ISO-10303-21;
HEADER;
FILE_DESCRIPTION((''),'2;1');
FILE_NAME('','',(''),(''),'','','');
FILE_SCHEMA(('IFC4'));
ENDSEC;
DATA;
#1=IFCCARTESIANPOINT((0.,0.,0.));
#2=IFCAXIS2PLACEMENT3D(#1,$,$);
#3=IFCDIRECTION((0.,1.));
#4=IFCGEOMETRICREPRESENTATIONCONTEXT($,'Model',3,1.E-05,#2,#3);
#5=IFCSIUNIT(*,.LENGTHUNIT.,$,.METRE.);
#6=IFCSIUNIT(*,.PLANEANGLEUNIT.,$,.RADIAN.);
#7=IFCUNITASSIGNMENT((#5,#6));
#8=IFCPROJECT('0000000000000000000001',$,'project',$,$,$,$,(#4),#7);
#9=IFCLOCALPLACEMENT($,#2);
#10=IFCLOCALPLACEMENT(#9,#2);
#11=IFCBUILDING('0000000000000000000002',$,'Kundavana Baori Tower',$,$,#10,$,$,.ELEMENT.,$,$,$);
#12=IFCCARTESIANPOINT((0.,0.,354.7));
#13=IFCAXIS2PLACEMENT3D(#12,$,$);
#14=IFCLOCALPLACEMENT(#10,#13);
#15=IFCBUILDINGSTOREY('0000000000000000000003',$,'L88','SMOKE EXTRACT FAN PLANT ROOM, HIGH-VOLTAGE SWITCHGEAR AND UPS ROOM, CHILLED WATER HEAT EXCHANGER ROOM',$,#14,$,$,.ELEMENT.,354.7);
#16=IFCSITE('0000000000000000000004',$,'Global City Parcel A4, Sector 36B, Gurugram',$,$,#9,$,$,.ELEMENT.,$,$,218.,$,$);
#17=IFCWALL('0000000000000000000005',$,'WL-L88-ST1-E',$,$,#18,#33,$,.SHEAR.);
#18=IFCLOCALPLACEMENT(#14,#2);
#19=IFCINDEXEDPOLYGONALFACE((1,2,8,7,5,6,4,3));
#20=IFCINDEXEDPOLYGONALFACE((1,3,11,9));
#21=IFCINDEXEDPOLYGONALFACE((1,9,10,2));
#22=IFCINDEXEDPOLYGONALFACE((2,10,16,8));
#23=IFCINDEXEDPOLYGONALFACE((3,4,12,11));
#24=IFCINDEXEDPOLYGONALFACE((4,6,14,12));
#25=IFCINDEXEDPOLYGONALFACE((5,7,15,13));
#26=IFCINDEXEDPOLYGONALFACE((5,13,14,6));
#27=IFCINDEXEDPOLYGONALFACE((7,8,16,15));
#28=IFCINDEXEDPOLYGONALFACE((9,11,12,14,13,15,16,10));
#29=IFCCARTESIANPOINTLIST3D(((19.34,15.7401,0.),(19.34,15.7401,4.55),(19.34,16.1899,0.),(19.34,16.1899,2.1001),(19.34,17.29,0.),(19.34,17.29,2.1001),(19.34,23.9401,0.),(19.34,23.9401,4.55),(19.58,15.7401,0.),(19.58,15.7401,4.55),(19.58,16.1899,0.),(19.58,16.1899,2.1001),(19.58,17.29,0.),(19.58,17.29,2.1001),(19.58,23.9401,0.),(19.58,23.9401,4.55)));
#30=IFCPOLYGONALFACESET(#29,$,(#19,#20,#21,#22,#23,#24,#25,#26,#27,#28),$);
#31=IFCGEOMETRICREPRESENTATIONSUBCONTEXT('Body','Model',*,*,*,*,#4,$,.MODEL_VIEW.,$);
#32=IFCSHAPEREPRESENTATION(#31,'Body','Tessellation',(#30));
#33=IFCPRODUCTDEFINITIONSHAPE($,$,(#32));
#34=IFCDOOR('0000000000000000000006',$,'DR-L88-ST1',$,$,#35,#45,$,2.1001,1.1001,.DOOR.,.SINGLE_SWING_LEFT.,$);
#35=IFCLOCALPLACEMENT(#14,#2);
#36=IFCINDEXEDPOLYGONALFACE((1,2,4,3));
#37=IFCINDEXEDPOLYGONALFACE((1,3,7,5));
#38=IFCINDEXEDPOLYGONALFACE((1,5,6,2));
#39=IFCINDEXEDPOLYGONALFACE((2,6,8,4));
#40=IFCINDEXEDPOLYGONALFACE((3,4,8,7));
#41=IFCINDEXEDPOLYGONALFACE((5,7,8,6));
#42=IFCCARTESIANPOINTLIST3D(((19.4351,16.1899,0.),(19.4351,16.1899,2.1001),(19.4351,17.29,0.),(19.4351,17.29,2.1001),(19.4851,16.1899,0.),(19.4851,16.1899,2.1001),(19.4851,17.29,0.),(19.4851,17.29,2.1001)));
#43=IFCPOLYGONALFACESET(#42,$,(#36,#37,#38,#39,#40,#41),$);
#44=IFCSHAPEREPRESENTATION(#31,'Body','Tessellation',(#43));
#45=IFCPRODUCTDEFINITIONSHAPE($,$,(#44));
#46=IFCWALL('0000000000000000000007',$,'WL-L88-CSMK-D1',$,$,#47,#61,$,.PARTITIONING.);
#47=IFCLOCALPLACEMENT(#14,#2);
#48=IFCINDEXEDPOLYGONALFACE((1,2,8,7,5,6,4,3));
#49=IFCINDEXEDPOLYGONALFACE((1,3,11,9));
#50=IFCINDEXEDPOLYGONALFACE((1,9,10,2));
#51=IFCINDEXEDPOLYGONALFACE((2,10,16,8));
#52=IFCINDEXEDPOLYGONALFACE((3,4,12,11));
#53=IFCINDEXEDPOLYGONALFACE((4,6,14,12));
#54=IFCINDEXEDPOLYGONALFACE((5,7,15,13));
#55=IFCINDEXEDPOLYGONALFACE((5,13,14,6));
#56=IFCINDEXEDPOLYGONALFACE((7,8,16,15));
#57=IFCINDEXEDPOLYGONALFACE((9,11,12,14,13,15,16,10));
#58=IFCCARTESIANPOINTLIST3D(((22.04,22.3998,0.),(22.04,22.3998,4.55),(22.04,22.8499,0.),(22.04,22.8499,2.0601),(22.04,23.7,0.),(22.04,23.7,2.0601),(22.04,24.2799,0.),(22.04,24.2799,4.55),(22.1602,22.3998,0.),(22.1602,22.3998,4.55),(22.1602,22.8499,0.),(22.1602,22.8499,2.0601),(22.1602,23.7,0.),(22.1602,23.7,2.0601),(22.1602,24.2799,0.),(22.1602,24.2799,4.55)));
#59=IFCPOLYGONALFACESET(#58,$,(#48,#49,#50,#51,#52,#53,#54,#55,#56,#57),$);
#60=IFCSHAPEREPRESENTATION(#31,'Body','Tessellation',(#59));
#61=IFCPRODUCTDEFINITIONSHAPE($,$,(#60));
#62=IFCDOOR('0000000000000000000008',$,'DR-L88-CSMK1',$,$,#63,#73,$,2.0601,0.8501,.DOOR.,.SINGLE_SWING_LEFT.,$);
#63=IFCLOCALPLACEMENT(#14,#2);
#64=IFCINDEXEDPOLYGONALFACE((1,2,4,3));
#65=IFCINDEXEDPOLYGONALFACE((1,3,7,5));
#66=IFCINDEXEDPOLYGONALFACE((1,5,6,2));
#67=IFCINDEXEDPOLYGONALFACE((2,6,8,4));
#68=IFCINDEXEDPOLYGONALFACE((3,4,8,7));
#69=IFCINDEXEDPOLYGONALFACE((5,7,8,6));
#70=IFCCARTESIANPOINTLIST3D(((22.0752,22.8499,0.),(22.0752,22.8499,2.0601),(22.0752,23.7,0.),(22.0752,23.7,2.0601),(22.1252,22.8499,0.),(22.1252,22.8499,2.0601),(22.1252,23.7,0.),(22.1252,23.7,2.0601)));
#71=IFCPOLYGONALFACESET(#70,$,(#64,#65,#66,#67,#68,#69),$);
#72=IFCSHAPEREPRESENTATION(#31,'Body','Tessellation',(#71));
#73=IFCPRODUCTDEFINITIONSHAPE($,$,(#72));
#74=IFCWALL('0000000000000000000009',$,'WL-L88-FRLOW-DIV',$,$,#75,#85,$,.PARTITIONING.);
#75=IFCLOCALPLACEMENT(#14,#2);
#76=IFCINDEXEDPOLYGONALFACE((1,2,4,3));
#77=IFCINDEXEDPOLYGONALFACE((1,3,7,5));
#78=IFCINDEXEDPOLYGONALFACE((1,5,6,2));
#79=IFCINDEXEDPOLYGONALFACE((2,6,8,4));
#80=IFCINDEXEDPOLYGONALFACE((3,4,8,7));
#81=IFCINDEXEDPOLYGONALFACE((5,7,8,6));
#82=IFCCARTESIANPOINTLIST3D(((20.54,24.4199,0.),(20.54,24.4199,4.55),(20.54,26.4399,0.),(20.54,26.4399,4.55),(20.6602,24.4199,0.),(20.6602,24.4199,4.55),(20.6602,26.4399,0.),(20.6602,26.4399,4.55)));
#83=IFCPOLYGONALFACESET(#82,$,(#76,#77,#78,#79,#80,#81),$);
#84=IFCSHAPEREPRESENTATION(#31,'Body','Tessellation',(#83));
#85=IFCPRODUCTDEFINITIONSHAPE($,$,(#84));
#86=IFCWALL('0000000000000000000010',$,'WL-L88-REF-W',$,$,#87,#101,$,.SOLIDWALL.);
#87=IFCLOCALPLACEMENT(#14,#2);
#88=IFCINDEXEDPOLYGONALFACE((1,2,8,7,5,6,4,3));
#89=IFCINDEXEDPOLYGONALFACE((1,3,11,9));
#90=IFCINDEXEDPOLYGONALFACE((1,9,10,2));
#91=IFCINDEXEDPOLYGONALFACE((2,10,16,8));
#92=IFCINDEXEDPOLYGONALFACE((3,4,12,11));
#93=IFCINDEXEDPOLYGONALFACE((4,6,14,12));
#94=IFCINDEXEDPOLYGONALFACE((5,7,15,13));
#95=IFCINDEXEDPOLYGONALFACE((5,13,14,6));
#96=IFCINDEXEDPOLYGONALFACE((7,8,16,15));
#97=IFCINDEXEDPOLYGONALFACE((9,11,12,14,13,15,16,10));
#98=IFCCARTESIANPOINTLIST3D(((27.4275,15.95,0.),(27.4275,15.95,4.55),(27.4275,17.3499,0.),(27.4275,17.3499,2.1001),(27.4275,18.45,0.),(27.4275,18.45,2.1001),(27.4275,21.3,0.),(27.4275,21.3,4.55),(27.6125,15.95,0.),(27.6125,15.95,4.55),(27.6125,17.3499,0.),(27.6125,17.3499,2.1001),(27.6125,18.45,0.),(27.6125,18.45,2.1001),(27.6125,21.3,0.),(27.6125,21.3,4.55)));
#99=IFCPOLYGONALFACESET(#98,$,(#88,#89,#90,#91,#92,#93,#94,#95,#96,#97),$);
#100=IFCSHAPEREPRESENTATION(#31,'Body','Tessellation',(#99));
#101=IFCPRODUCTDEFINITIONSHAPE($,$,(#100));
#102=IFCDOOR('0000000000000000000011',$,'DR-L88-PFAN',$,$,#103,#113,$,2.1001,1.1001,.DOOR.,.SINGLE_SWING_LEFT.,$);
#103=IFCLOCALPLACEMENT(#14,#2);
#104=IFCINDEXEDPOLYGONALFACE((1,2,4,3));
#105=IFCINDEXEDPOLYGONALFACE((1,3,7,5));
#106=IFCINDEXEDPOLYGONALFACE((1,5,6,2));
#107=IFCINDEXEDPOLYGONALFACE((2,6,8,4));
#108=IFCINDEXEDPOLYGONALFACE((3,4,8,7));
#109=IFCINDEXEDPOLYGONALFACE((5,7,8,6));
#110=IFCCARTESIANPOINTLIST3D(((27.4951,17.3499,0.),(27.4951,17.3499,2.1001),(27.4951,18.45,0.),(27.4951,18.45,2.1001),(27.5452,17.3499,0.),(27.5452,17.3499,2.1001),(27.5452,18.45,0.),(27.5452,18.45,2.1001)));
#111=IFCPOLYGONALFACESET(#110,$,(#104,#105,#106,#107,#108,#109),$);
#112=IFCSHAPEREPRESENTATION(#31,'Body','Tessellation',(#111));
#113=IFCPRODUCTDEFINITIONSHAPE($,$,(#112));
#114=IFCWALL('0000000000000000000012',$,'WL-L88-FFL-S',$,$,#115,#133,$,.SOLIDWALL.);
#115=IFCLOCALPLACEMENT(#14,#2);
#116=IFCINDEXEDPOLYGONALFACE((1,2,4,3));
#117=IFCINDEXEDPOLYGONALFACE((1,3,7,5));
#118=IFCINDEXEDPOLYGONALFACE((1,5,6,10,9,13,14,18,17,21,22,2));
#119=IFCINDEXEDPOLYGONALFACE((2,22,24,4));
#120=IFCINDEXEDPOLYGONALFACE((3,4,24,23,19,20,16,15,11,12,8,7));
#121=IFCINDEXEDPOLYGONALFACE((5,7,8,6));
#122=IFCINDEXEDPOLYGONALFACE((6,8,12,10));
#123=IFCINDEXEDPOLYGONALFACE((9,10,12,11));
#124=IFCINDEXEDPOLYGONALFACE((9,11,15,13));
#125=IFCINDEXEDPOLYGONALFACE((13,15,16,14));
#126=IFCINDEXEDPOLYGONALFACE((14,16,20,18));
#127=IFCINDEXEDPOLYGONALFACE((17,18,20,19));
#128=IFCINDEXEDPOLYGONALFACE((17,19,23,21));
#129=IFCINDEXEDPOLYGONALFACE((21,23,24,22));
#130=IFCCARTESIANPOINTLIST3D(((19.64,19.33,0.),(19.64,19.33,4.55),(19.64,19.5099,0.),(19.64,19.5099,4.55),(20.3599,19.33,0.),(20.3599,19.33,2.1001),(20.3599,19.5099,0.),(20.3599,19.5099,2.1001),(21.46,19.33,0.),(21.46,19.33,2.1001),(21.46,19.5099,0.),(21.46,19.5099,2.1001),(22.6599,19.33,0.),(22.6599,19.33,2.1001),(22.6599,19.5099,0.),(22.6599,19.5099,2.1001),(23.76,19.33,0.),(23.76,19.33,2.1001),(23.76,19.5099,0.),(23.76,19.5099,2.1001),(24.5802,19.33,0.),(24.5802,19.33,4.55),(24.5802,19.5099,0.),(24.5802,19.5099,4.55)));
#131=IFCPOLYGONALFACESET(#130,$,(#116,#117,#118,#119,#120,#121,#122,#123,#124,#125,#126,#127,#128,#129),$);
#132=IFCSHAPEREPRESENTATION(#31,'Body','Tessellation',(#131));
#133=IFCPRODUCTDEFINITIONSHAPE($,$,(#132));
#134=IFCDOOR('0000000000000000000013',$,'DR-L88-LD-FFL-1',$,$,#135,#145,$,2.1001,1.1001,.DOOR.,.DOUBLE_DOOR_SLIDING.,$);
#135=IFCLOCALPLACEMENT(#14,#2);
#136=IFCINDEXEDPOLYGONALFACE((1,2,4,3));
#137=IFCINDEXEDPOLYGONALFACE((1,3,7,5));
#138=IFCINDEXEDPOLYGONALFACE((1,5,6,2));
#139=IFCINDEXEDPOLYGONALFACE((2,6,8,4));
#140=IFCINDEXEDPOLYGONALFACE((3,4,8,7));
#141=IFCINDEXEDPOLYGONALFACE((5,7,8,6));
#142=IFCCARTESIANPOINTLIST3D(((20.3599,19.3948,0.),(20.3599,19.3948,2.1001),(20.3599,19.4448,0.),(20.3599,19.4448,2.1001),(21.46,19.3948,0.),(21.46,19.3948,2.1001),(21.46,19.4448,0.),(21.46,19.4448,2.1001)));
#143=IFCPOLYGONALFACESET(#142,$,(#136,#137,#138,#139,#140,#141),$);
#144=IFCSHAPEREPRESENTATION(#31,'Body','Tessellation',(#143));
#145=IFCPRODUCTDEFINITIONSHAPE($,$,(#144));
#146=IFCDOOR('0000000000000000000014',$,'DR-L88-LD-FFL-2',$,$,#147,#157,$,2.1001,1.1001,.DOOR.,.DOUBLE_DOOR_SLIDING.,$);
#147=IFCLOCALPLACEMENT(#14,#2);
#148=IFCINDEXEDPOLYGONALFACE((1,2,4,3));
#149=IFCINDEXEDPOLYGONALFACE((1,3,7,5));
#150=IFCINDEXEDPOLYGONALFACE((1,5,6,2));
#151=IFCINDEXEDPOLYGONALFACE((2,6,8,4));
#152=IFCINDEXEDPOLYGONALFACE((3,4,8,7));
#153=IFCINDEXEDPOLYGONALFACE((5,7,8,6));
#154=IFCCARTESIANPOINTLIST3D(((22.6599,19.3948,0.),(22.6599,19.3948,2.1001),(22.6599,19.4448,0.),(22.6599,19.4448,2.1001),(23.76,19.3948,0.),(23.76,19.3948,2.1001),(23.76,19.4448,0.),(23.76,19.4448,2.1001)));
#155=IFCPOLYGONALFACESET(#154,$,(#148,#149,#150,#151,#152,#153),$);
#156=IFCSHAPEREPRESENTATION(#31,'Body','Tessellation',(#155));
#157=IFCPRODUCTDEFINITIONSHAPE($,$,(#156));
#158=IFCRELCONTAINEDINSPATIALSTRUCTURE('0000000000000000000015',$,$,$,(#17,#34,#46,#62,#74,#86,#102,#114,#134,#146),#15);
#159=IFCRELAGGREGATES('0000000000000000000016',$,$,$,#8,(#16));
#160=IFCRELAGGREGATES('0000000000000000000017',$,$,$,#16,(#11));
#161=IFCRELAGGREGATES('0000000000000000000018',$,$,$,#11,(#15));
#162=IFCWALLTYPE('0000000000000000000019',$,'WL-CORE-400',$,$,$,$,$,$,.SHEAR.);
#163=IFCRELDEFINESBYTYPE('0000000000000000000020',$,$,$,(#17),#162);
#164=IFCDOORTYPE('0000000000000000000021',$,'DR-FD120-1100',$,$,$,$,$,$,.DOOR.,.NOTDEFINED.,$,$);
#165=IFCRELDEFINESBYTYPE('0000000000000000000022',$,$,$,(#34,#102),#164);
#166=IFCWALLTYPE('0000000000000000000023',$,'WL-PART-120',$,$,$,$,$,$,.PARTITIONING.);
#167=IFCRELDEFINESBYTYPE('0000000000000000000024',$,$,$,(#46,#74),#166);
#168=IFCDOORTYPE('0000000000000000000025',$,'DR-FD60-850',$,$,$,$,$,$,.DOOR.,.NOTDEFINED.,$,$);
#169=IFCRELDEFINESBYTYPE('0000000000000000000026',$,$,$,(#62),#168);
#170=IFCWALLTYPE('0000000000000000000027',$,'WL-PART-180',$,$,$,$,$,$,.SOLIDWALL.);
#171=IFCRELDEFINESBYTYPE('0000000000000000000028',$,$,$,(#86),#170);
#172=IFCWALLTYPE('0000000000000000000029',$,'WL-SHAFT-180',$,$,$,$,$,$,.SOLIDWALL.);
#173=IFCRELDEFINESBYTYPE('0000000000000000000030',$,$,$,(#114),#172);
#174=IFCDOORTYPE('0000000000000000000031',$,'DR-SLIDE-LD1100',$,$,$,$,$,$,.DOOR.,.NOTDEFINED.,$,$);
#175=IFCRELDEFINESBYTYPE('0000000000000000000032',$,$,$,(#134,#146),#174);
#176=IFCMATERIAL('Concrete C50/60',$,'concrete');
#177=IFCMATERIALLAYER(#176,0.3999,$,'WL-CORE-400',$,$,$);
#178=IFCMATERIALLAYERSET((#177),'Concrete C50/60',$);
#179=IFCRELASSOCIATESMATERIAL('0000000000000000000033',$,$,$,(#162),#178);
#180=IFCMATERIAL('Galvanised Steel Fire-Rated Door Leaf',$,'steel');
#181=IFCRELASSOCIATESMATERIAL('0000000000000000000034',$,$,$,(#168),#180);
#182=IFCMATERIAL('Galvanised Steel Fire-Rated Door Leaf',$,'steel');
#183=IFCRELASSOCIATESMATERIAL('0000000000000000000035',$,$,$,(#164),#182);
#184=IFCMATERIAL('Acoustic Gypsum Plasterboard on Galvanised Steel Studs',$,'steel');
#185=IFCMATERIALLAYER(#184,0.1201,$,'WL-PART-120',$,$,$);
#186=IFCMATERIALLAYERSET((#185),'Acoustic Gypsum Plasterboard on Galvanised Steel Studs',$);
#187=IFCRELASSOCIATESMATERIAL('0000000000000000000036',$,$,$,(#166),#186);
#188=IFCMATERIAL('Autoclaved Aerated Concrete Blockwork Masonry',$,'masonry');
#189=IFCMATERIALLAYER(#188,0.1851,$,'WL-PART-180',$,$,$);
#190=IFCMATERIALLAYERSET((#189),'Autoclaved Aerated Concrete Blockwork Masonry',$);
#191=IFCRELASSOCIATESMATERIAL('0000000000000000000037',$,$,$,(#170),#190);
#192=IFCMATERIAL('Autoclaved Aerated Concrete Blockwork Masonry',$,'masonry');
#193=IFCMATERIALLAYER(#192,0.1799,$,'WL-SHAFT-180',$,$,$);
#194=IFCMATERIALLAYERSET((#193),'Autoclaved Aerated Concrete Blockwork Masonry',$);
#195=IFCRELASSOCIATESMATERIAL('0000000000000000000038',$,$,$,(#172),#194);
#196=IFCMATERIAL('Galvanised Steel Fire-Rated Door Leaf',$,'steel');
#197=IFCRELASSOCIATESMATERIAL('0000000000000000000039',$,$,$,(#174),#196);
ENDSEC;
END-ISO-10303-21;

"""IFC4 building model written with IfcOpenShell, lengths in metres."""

from ifc_helpers import new_model, si_unit, direction, frame, frame_2d, origin, place, context, subcontext, project, spatial, rectangle, extrude, material, layer, layer_set, type_object, element, fill, save


model = new_model("IFC4")

# Units and contexts
model_context = context("Model", 3, precision=1e-05, world=origin(), true_north=direction((0.0, 1.0)))
body_context = subcontext(model_context, "Body", "Model", "MODEL_VIEW")
ifc_project = project(units=[si_unit("LENGTHUNIT", "METRE"), si_unit("PLANEANGLEUNIT", "RADIAN")], contexts=[model_context])

# Site, building, storey
site_placement = place(None, origin())
site = spatial("IfcSite", under=ifc_project, at=site_placement, Name="Global City Parcel A4, Sector 36B, Gurugram", CompositionType="ELEMENT", RefElevation=218.0)
building_placement = place(site_placement, origin())
building = spatial("IfcBuilding", under=site, at=building_placement, Name="Kundavana Baori Tower", CompositionType="ELEMENT")
storey_placement = place(building_placement, frame((0.0, 0.0, 354.7)))
storey = spatial("IfcBuildingStorey", under=building, at=storey_placement, Name="L88", Description="SMOKE EXTRACT FAN PLANT ROOM, HIGH-VOLTAGE SWITCHGEAR AND UPS ROOM, CHILLED WATER HEAT EXCHANGER ROOM", CompositionType="ELEMENT", Elevation=354.7)

# Shared definitions
ifc_material_1 = material(Name="Concrete C50/60", Category="concrete")
ifc_layer_1 = layer(ifc_material_1, 0.3999, Name="WL-CORE-400")
ifc_layer_set_1 = layer_set([ifc_layer_1], Name="Concrete C50/60")
wall_type_1 = type_object("IfcWallType", Name="WL-CORE-400", PredefinedType="SHEAR", material=ifc_layer_set_1)
ifc_material_2 = material(Name="Galvanised Steel Fire-Rated Door Leaf", Category="steel")
door_type_1 = type_object("IfcDoorType", Name="DR-FD60-850", OperationType="NOTDEFINED", PredefinedType="DOOR", material=ifc_material_2)

# Walls, openings, doors
wall_1_placement = place(storey_placement, frame((19.46, 15.74, 0.0), z_axis=(0.0, 0.0, 1.0), x_axis=(0.0, 1.0, 0.0)))
wall_1 = element("IfcWall", 1, at=wall_1_placement, inside=storey, type_object=wall_type_1, Name="WL-L88-ST1-E", PredefinedType="SHEAR", context=body_context, shape_type="SweptSolid", body=[
    extrude(rectangle(XDim=8.2, YDim=0.24, at=frame_2d((4.1001, 0.0))), origin(), (0.0, 0.0, 1.0), 4.55),
])
opening_1_placement = place(wall_1_placement, frame((0.45, 0.0, 0.0)))
opening_1 = element("IfcOpeningElement", 2, at=opening_1_placement, cuts=wall_1, PredefinedType="OPENING", context=body_context, shape_type="SweptSolid", body=[
    extrude(rectangle(XDim=1.1001, YDim=2.1001, at=frame_2d((0.55, 1.05))), frame((0.0, 0.1299, 0.0), z_axis=(0.0, -1.0, 0.0), x_axis=(1.0, 0.0, 0.0)), (0.0, 0.0, 1.0), 0.26),
])
ifc_material_3 = material(Name="Galvanised Steel Fire-Rated Door Leaf", Category="steel")
door_type_2 = type_object("IfcDoorType", Name="DR-FD120-1100", OperationType="NOTDEFINED", PredefinedType="DOOR", material=ifc_material_3)
door_1_placement = place(opening_1_placement, origin())
door_1 = element("IfcDoor", 3, at=door_1_placement, inside=storey, type_object=door_type_2, Name="DR-L88-ST1", OperationType="SINGLE_SWING_LEFT", OverallHeight=2.1001, OverallWidth=1.1001, PredefinedType="DOOR", context=body_context, shape_type="SweptSolid", body=[
    extrude(rectangle(XDim=1.1001, YDim=2.1001, at=frame_2d((0.55, 1.05))), frame((0.0, 0.0249, 0.0), z_axis=(0.0, -1.0, 0.0), x_axis=(1.0, 0.0, 0.0)), (0.0, 0.0, 1.0), 0.05),
])
fill(opening_1, door_1)
ifc_material_4 = material(Name="Acoustic Gypsum Plasterboard on Galvanised Steel Studs", Category="steel")
ifc_layer_2 = layer(ifc_material_4, 0.1201, Name="WL-PART-120")
ifc_layer_set_2 = layer_set([ifc_layer_2], Name="Acoustic Gypsum Plasterboard on Galvanised Steel Studs")
wall_type_2 = type_object("IfcWallType", Name="WL-PART-120", PredefinedType="PARTITIONING", material=ifc_layer_set_2)
wall_2_placement = place(storey_placement, frame((22.1001, 22.3999, 0.0), z_axis=(0.0, 0.0, 1.0), x_axis=(0.0, 1.0, 0.0)))
wall_2 = element("IfcWall", 4, at=wall_2_placement, inside=storey, type_object=wall_type_2, Name="WL-L88-CSMK-D1", PredefinedType="PARTITIONING", context=body_context, shape_type="SweptSolid", body=[
    extrude(rectangle(XDim=1.8801, YDim=0.1201, at=frame_2d((0.9399, 0.0))), origin(), (0.0, 0.0, 1.0), 4.55),
])
opening_2_placement = place(wall_2_placement, frame((0.45, 0.0, 0.0)))
opening_2 = element("IfcOpeningElement", 5, at=opening_2_placement, cuts=wall_2, PredefinedType="OPENING", context=body_context, shape_type="SweptSolid", body=[
    extrude(rectangle(XDim=0.8501, YDim=2.0601, at=frame_2d((0.425, 1.03))), frame((0.0, 0.0701, 0.0), z_axis=(0.0, -1.0, 0.0), x_axis=(1.0, 0.0, 0.0)), (0.0, 0.0, 1.0), 0.1401),
])
door_2_placement = place(opening_2_placement, origin())
door_2 = element("IfcDoor", 6, at=door_2_placement, inside=storey, type_object=door_type_1, Name="DR-L88-CSMK1", OperationType="SINGLE_SWING_LEFT", OverallHeight=2.0601, OverallWidth=0.8501, PredefinedType="DOOR", context=body_context, shape_type="SweptSolid", body=[
    extrude(rectangle(XDim=0.8501, YDim=2.0601, at=frame_2d((0.425, 1.03))), frame((0.0, 0.0249, 0.0), z_axis=(0.0, -1.0, 0.0), x_axis=(1.0, 0.0, 0.0)), (0.0, 0.0, 1.0), 0.05),
])
fill(opening_2, door_2)

# Wall
wall_3_placement = place(storey_placement, frame((20.6001, 24.4199, 0.0), z_axis=(0.0, 0.0, 1.0), x_axis=(0.0, 1.0, 0.0)))
element("IfcWall", 7, at=wall_3_placement, inside=storey, type_object=wall_type_2, Name="WL-L88-FRLOW-DIV", PredefinedType="PARTITIONING", context=body_context, shape_type="SweptSolid", body=[
    extrude(rectangle(XDim=2.02, YDim=0.1201, at=frame_2d((1.01, 0.0))), origin(), (0.0, 0.0, 1.0), 4.55),
])

# Wall, opening, door
ifc_material_5 = material(Name="Autoclaved Aerated Concrete Blockwork Masonry", Category="masonry")
ifc_layer_3 = layer(ifc_material_5, 0.1851, Name="WL-PART-180")
ifc_layer_set_3 = layer_set([ifc_layer_3], Name="Autoclaved Aerated Concrete Blockwork Masonry")
wall_type_3 = type_object("IfcWallType", Name="WL-PART-180", PredefinedType="SOLIDWALL", material=ifc_layer_set_3)
wall_4_placement = place(storey_placement, frame((27.52, 15.95, 0.0), z_axis=(0.0, 0.0, 1.0), x_axis=(0.0, 1.0, 0.0)))
wall_4 = element("IfcWall", 8, at=wall_4_placement, inside=storey, type_object=wall_type_3, Name="WL-L88-REF-W", PredefinedType="SOLIDWALL", context=body_context, shape_type="SweptSolid", body=[
    extrude(rectangle(XDim=5.3501, YDim=0.1851, at=frame_2d((2.675, 0.0))), origin(), (0.0, 0.0, 1.0), 4.55),
])
opening_3_placement = place(wall_4_placement, frame((1.3999, 0.0, 0.0)))
opening_3 = element("IfcOpeningElement", 9, at=opening_3_placement, cuts=wall_4, PredefinedType="OPENING", context=body_context, shape_type="SweptSolid", body=[
    extrude(rectangle(XDim=1.1001, YDim=2.1001, at=frame_2d((0.55, 1.05))), frame((0.0, 0.1025, 0.0), z_axis=(0.0, -1.0, 0.0), x_axis=(1.0, 0.0, 0.0)), (0.0, 0.0, 1.0), 0.2051),
])
door_3_placement = place(opening_3_placement, origin())
door_3 = element("IfcDoor", 10, at=door_3_placement, inside=storey, type_object=door_type_2, Name="DR-L88-PFAN", OperationType="SINGLE_SWING_LEFT", OverallHeight=2.1001, OverallWidth=1.1001, PredefinedType="DOOR", context=body_context, shape_type="SweptSolid", body=[
    extrude(rectangle(XDim=1.1001, YDim=2.1001, at=frame_2d((0.55, 1.05))), frame((0.0, 0.0249, 0.0), z_axis=(0.0, -1.0, 0.0), x_axis=(1.0, 0.0, 0.0)), (0.0, 0.0, 1.0), 0.05),
])
fill(opening_3, door_3)

# Wall, openings, doors
ifc_material_6 = material(Name="Autoclaved Aerated Concrete Blockwork Masonry", Category="masonry")
ifc_layer_4 = layer(ifc_material_6, 0.1799, Name="WL-SHAFT-180")
ifc_layer_set_4 = layer_set([ifc_layer_4], Name="Autoclaved Aerated Concrete Blockwork Masonry")
wall_type_4 = type_object("IfcWallType", Name="WL-SHAFT-180", PredefinedType="SOLIDWALL", material=ifc_layer_set_4)
wall_5_placement = place(storey_placement, frame((19.6399, 19.4199, 0.0), z_axis=(0.0, 0.0, 1.0), x_axis=(1.0, 0.0, 0.0)))
wall_5 = element("IfcWall", 11, at=wall_5_placement, inside=storey, type_object=wall_type_4, Name="WL-L88-FFL-S", PredefinedType="SOLIDWALL", context=body_context, shape_type="SweptSolid", body=[
    extrude(rectangle(XDim=4.9402, YDim=0.1799, at=frame_2d((2.4702, 0.0))), origin(), (0.0, 0.0, 1.0), 4.55),
])
opening_4_placement = place(wall_5_placement, frame((0.72, 0.0, 0.0)))
opening_4 = element("IfcOpeningElement", 12, at=opening_4_placement, cuts=wall_5, PredefinedType="OPENING", context=body_context, shape_type="SweptSolid", body=[
    extrude(rectangle(XDim=1.1001, YDim=2.1001, at=frame_2d((0.55, 1.05))), frame((0.0, 0.1001, 0.0), z_axis=(0.0, -1.0, 0.0), x_axis=(1.0, 0.0, 0.0)), (0.0, 0.0, 1.0), 0.2),
])
opening_5_placement = place(wall_5_placement, frame((3.02, 0.0, 0.0)))
opening_5 = element("IfcOpeningElement", 13, at=opening_5_placement, cuts=wall_5, PredefinedType="OPENING", context=body_context, shape_type="SweptSolid", body=[
    extrude(rectangle(XDim=1.1001, YDim=2.1001, at=frame_2d((0.55, 1.05))), frame((0.0, 0.1001, 0.0), z_axis=(0.0, -1.0, 0.0), x_axis=(1.0, 0.0, 0.0)), (0.0, 0.0, 1.0), 0.2),
])
ifc_material_7 = material(Name="Galvanised Steel Fire-Rated Door Leaf", Category="steel")
door_type_3 = type_object("IfcDoorType", Name="DR-SLIDE-LD1100", OperationType="NOTDEFINED", PredefinedType="DOOR", material=ifc_material_7)
door_4_placement = place(opening_4_placement, origin())
door_4 = element("IfcDoor", 14, at=door_4_placement, inside=storey, type_object=door_type_3, Name="DR-L88-LD-FFL-1", OperationType="DOUBLE_DOOR_SLIDING", OverallHeight=2.1001, OverallWidth=1.1001, PredefinedType="DOOR", context=body_context, shape_type="SweptSolid", body=[
    extrude(rectangle(XDim=1.1001, YDim=2.1001, at=frame_2d((0.55, 1.05))), frame((0.0, 0.0249, 0.0), z_axis=(0.0, -1.0, 0.0), x_axis=(1.0, 0.0, 0.0)), (0.0, 0.0, 1.0), 0.05),
])
fill(opening_4, door_4)
door_5_placement = place(opening_5_placement, origin())
door_5 = element("IfcDoor", 15, at=door_5_placement, inside=storey, type_object=door_type_3, Name="DR-L88-LD-FFL-2", OperationType="DOUBLE_DOOR_SLIDING", OverallHeight=2.1001, OverallWidth=1.1001, PredefinedType="DOOR", context=body_context, shape_type="SweptSolid", body=[
    extrude(rectangle(XDim=1.1001, YDim=2.1001, at=frame_2d((0.55, 1.05))), frame((0.0, 0.0249, 0.0), z_axis=(0.0, -1.0, 0.0), x_axis=(1.0, 0.0, 0.0)), (0.0, 0.0, 1.0), 0.05),
])
fill(opening_5, door_5)

save(model, "model.ifc")
